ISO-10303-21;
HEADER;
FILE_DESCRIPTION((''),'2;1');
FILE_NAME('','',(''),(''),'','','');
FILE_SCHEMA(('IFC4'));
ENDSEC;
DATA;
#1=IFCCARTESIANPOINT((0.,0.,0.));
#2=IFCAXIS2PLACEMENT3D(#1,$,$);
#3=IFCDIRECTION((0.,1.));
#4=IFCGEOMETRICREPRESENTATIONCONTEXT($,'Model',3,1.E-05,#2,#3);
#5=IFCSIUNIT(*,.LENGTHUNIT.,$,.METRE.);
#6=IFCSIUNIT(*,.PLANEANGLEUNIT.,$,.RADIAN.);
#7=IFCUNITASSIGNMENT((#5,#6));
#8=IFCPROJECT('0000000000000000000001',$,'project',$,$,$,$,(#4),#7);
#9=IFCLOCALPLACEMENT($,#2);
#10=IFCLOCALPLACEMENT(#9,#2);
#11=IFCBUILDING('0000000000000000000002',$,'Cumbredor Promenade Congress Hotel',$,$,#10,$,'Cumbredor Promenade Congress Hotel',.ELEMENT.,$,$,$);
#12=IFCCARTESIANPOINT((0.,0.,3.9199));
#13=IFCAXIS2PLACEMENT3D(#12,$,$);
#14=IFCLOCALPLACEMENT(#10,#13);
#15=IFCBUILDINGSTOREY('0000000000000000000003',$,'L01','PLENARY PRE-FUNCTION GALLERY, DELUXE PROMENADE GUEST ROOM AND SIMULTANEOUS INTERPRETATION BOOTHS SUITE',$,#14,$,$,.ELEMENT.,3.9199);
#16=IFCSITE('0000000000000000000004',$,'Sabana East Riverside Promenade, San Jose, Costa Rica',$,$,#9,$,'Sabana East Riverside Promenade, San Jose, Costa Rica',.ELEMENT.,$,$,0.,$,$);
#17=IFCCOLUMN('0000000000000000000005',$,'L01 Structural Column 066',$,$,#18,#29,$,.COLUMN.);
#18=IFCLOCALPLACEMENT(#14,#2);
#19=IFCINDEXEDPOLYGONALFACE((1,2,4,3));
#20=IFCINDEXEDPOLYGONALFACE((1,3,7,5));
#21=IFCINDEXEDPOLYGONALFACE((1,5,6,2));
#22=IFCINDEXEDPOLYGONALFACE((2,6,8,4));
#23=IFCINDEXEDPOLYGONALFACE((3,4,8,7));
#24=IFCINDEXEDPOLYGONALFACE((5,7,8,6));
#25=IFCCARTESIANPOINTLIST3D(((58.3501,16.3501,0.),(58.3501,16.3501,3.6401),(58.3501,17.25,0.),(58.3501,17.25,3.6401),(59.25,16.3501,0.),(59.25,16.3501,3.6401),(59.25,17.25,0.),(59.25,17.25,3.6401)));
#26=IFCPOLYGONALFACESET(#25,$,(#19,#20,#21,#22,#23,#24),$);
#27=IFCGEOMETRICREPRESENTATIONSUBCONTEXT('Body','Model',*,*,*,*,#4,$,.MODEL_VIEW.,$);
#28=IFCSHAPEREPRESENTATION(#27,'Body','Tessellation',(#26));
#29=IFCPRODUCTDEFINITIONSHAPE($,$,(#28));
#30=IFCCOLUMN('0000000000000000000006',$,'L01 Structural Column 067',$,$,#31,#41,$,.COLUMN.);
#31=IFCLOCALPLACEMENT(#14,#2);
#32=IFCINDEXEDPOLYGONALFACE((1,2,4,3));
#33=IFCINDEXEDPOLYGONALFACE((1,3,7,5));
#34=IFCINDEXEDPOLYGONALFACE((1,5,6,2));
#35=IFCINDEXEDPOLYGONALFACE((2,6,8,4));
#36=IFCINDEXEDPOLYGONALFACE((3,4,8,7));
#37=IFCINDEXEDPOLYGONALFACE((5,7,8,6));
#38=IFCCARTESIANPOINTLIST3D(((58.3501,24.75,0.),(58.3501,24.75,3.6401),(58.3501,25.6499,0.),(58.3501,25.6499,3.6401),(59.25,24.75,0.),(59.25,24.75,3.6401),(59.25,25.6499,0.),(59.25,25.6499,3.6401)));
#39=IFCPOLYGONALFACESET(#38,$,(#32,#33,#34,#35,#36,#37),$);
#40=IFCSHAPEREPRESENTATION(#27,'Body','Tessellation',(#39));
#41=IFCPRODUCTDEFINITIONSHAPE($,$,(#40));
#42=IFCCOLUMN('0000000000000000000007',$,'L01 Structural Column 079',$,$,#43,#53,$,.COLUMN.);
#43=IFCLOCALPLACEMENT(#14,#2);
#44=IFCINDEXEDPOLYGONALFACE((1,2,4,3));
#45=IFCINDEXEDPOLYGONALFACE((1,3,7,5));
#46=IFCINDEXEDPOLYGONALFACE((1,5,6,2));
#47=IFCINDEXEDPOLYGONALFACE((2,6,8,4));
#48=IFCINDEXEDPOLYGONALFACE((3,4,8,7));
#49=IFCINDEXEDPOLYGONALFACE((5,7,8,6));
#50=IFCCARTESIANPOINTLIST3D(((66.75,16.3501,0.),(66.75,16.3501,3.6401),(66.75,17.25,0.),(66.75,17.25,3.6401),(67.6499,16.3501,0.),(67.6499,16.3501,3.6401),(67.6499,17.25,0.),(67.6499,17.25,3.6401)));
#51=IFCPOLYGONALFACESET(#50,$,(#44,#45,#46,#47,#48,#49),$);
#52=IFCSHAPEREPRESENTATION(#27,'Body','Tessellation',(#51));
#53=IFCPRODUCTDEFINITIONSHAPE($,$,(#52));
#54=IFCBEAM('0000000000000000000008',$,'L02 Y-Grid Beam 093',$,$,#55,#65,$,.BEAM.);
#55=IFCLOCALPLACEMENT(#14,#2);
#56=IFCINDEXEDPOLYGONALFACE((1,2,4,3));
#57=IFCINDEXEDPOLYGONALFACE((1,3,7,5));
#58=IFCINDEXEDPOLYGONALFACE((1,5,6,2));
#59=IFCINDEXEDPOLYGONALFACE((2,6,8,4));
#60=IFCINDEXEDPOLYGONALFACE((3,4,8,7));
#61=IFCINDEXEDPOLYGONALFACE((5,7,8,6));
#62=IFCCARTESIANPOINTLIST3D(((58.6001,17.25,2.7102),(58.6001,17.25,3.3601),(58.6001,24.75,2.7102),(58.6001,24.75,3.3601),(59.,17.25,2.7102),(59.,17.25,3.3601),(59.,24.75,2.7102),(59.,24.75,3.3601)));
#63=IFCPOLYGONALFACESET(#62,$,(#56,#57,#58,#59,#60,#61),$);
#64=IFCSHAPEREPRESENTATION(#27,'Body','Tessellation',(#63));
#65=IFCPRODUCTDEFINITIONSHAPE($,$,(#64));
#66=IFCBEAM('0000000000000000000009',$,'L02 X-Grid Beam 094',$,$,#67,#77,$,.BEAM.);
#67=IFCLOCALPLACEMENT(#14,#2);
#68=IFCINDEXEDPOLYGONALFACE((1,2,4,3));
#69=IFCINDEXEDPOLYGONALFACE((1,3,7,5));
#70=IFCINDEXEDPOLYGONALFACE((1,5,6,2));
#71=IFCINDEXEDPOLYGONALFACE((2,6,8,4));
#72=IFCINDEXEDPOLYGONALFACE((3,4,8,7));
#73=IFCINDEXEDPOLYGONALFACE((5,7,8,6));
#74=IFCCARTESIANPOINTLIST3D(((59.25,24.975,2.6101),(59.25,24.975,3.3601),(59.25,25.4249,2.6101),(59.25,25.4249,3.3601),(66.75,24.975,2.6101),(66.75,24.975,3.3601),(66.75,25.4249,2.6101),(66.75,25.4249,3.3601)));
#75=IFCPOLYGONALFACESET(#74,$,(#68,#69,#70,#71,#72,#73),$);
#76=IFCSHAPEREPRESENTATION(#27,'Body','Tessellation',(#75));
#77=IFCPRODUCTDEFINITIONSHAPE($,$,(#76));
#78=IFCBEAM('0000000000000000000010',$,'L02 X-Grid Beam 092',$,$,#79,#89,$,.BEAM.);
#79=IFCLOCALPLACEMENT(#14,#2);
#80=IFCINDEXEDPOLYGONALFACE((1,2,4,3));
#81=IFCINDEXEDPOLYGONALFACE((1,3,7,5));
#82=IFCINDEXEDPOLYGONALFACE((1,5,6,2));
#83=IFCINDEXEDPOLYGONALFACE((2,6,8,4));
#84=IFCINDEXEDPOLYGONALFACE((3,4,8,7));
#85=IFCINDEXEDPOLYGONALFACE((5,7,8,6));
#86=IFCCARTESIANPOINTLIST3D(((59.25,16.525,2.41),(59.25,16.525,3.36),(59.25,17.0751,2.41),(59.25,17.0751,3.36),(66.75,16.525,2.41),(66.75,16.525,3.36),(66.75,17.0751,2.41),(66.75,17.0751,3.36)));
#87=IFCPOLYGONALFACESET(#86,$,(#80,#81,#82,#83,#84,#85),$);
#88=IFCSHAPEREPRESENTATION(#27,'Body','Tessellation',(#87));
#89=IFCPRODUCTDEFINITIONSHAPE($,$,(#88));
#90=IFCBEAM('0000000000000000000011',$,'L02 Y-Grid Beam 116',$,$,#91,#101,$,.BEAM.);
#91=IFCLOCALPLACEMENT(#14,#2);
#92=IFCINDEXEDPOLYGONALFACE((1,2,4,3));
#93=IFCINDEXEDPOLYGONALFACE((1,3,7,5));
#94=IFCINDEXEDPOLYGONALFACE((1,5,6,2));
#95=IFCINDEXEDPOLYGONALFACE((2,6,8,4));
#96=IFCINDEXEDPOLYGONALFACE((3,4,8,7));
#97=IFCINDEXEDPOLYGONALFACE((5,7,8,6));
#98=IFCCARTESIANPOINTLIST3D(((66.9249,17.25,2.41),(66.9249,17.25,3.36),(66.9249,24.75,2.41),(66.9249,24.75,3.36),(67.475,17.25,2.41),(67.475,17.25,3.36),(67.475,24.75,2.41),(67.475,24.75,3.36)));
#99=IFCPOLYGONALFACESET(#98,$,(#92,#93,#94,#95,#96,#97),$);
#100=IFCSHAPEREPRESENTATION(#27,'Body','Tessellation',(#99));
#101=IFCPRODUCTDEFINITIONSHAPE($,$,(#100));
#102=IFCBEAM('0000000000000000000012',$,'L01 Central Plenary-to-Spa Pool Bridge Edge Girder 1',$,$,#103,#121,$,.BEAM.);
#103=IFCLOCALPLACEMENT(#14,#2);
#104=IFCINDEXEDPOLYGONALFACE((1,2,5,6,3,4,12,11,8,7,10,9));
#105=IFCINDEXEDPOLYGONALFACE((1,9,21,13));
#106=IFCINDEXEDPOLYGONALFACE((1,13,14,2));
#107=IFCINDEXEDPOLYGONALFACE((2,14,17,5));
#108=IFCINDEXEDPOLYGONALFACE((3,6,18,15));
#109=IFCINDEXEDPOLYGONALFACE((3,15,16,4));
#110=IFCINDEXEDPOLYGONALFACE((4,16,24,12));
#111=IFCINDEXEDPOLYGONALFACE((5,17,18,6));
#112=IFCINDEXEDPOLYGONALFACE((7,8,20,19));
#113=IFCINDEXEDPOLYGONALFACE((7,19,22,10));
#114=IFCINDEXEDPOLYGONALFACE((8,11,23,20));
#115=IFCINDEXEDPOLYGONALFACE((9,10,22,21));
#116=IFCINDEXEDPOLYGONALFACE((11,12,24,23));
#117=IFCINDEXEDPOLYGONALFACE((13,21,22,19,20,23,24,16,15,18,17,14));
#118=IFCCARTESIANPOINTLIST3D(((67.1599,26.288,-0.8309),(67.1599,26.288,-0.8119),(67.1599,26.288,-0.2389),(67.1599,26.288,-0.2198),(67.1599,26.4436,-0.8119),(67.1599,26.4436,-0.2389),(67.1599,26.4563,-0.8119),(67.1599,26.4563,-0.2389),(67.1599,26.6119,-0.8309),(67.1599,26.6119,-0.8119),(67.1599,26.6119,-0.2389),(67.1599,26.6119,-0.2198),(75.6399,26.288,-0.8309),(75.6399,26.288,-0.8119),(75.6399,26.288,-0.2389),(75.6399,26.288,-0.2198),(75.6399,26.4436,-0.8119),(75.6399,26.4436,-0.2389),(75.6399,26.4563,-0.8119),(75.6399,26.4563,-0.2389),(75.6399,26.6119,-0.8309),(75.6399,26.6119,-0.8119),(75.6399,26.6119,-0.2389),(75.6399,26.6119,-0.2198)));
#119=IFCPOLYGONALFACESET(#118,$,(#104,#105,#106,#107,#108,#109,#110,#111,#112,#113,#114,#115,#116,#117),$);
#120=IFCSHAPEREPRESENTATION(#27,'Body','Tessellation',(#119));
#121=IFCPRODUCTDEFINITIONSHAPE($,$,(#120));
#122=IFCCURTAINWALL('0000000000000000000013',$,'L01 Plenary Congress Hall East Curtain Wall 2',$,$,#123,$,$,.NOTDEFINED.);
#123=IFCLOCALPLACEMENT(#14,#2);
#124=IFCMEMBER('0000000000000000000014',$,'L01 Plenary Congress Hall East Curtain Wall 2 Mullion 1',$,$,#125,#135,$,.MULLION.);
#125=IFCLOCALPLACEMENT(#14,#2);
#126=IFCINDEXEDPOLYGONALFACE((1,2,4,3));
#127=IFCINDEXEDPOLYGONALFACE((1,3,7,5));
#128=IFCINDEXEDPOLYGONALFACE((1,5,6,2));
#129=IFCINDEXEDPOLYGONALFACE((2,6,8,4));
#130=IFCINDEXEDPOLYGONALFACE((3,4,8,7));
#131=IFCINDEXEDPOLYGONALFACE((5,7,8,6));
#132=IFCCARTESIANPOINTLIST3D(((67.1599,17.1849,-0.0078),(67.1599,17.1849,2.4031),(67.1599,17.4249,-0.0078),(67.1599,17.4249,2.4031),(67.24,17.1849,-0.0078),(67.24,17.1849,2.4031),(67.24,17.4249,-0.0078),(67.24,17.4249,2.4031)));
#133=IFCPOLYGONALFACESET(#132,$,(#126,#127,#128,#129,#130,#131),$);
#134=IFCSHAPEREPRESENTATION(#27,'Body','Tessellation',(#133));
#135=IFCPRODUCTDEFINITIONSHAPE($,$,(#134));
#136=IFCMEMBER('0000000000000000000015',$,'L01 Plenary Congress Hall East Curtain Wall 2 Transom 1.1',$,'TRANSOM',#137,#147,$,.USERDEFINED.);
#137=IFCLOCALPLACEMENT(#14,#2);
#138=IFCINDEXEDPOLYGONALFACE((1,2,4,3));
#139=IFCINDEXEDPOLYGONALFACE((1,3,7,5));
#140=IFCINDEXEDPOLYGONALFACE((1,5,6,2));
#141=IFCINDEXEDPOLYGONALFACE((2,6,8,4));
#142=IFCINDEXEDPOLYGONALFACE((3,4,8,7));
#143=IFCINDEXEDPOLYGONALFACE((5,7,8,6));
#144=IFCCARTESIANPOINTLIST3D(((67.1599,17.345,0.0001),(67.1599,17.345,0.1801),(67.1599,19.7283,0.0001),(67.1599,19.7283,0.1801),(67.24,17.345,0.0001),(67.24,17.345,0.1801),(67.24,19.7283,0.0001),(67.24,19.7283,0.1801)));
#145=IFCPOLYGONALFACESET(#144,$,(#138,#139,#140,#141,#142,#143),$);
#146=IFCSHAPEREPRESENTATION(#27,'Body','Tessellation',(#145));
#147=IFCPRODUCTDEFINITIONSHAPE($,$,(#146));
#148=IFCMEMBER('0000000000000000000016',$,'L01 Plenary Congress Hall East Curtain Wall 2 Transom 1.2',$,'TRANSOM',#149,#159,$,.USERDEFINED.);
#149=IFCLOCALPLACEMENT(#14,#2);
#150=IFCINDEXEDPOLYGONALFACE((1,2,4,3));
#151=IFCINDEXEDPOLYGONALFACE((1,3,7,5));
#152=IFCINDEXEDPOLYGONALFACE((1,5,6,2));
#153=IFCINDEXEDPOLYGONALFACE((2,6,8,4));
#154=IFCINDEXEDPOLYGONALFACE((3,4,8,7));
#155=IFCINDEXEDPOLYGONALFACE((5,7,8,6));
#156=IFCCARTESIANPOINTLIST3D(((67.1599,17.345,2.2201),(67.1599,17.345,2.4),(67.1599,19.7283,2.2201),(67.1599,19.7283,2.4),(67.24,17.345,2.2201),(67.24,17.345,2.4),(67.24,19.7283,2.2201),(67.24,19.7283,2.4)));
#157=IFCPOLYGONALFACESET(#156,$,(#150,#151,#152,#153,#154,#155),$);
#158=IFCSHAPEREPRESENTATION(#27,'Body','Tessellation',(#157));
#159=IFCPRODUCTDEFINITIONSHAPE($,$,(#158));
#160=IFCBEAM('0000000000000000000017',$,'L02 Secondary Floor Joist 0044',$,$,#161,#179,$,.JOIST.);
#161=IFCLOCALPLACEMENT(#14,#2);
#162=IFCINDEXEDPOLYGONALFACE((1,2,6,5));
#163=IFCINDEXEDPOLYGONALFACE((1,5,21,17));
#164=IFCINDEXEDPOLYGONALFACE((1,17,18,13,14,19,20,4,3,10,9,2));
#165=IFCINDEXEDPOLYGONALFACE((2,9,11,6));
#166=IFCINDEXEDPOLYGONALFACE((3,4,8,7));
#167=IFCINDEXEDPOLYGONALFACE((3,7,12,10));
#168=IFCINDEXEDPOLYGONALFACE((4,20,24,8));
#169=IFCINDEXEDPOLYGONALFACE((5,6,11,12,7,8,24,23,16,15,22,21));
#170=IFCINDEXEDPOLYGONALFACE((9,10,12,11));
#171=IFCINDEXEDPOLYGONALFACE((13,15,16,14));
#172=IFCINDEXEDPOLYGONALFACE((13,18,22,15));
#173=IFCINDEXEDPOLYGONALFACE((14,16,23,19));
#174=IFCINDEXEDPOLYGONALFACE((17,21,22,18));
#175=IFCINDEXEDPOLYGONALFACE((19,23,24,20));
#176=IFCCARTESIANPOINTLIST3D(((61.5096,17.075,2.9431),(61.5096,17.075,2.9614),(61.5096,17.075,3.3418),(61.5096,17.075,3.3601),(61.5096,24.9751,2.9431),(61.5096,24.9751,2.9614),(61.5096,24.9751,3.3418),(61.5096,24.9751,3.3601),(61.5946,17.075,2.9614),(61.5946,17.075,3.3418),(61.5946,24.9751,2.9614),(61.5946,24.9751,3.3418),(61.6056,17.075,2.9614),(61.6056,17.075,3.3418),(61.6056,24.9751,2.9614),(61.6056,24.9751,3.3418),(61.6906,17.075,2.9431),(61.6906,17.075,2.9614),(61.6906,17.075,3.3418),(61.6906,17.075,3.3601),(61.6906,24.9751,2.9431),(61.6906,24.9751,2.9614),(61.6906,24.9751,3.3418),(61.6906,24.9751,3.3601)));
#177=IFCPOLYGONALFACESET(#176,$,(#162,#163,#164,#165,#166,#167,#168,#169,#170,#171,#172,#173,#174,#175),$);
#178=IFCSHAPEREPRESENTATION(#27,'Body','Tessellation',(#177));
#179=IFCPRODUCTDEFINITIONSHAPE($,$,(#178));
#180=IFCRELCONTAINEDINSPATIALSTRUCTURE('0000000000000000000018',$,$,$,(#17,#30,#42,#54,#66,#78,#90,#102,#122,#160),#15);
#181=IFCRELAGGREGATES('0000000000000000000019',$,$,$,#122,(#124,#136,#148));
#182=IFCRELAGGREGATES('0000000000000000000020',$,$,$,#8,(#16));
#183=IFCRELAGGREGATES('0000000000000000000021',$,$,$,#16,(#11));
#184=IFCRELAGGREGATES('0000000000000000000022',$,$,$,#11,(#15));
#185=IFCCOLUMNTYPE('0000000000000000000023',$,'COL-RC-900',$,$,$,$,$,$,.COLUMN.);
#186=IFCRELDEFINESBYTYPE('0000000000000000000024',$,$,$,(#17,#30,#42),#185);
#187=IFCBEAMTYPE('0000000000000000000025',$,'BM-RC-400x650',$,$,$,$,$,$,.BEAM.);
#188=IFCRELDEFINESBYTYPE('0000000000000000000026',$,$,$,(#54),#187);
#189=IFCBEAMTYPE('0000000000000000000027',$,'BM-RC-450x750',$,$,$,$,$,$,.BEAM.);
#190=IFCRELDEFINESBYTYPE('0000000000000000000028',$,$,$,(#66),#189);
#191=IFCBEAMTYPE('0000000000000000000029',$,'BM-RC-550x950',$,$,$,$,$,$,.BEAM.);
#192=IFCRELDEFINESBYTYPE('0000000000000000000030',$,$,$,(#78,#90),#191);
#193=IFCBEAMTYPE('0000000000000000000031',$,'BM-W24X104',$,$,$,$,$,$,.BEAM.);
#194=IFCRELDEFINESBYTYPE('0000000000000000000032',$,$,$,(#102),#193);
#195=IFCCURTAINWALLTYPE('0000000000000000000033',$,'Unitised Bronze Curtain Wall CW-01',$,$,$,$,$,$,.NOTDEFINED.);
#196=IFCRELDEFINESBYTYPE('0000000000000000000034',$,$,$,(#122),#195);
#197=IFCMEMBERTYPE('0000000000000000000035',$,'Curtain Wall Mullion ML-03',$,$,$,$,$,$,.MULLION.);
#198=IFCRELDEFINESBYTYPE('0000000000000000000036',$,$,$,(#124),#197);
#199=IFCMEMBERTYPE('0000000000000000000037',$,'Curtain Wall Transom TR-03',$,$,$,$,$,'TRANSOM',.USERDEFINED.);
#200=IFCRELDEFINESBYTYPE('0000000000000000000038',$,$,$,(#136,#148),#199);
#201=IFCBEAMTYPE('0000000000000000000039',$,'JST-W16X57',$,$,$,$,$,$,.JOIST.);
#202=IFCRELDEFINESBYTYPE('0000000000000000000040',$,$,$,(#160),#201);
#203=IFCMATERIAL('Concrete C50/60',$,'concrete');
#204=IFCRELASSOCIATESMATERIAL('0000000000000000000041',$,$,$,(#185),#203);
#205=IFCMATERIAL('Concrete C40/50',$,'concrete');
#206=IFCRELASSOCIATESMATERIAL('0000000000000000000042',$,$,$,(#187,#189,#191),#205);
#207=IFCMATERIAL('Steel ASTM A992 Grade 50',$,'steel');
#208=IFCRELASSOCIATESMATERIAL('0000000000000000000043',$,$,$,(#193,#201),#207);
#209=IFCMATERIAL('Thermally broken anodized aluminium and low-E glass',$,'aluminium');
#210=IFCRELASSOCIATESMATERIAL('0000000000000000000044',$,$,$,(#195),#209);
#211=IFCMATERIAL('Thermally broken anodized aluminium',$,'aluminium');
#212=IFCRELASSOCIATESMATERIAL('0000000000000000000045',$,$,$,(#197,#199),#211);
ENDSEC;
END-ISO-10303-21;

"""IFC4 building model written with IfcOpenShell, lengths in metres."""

from ifc_helpers import new_model, si_unit, direction, frame, origin, origin_2d, place, context, subcontext, project, spatial, rectangle, i_section, extrude, material, material_profile, profile_set, type_object, element, aggregate, save


model = new_model("IFC4")

# Units and contexts
model_context = context("Model", 3, precision=1e-05, world=origin(), true_north=direction((0.0, 1.0)))
body_context = subcontext(model_context, "Body", "Model", "MODEL_VIEW")
ifc_project = project(units=[si_unit("LENGTHUNIT", "METRE"), si_unit("PLANEANGLEUNIT", "RADIAN")], contexts=[model_context])

# Site, building, storey
site_placement = place(None, origin())
site = spatial("IfcSite", under=ifc_project, at=site_placement, Name="Sabana East Riverside Promenade, San Jose, Costa Rica", LongName="Sabana East Riverside Promenade, San Jose, Costa Rica", CompositionType="ELEMENT", RefElevation=0.0)
building_placement = place(site_placement, origin())
building = spatial("IfcBuilding", under=site, at=building_placement, Name="Cumbredor Promenade Congress Hotel", LongName="Cumbredor Promenade Congress Hotel", CompositionType="ELEMENT")
storey_placement = place(building_placement, frame((0.0, 0.0, 3.9199)))
storey = spatial("IfcBuildingStorey", under=building, at=storey_placement, Name="L01", Description="PLENARY PRE-FUNCTION GALLERY, DELUXE PROMENADE GUEST ROOM AND SIMULTANEOUS INTERPRETATION BOOTHS SUITE", CompositionType="ELEMENT", Elevation=3.9199)

# Columns
ifc_material_1 = material(Name="Concrete C50/60", Category="concrete")
ifc_material_profile_1 = material_profile(ifc_material_1, rectangle(XDim=0.8999, YDim=0.8999, at=origin_2d()), Name="RC 900x900")
ifc_profile_set_1 = profile_set([ifc_material_profile_1], Name="Concrete C50/60")
column_type = type_object("IfcColumnType", Name="COL-RC-900", PredefinedType="COLUMN", material=ifc_profile_set_1)
for number, where, z_axis, x_axis, name in (
    (1, (58.8, 16.8, 0.0), (0.0, 0.0, 1.0), (1.0, 0.0, 0.0), "L01 Structural Column 066"),
    (2, (58.8, 25.2, 0.0), (0.0, 0.0, 1.0), (1.0, 0.0, 0.0), "L01 Structural Column 067"),
    (3, (67.2, 16.8, 0.0), (0.0, 0.0, 1.0), (1.0, 0.0, 0.0), "L01 Structural Column 079"),
):
    element("IfcColumn", number, at=place(storey_placement, frame(where, z_axis=z_axis, x_axis=x_axis)), inside=storey, type_object=column_type, Name=name, PredefinedType="COLUMN", context=body_context, shape_type="SweptSolid", body=[
        extrude(rectangle(XDim=0.8999, YDim=0.8999, at=origin_2d()), origin(), (0.0, 0.0, 1.0), 3.6401),
    ])

# Beams
ifc_material_2 = material(Name="Concrete C40/50", Category="concrete")
ifc_material_profile_2 = material_profile(ifc_material_2, rectangle(XDim=0.3999, YDim=0.6499, at=origin_2d()), Name="RC BEAM 400x650")
ifc_profile_set_2 = profile_set([ifc_material_profile_2], Name="Concrete C40/50")
beam_type_1 = type_object("IfcBeamType", Name="BM-RC-400x650", PredefinedType="BEAM", material=ifc_profile_set_2)
beam_1_placement = place(storey_placement, frame((58.8, 17.25, 3.0352), z_axis=(0.0, 1.0, 0.0), x_axis=(-1.0, 0.0, 0.0)))
element("IfcBeam", 4, at=beam_1_placement, inside=storey, type_object=beam_type_1, Name="L02 Y-Grid Beam 093", PredefinedType="BEAM", context=body_context, shape_type="SweptSolid", body=[
    extrude(rectangle(XDim=0.3999, YDim=0.6499, at=origin_2d()), origin(), (0.0, 0.0, 1.0), 7.5),
])
ifc_material_profile_3 = material_profile(ifc_material_2, rectangle(XDim=0.45, YDim=0.75, at=origin_2d()), Name="RC BEAM 450x750")
ifc_profile_set_3 = profile_set([ifc_material_profile_3], Name="Concrete C40/50")
beam_type_2 = type_object("IfcBeamType", Name="BM-RC-450x750", PredefinedType="BEAM", material=ifc_profile_set_3)
beam_2_placement = place(storey_placement, frame((59.25, 25.2, 2.9851), z_axis=(1.0, 0.0, 0.0), x_axis=(0.0, 1.0, 0.0)))
element("IfcBeam", 5, at=beam_2_placement, inside=storey, type_object=beam_type_2, Name="L02 X-Grid Beam 094", PredefinedType="BEAM", context=body_context, shape_type="SweptSolid", body=[
    extrude(rectangle(XDim=0.45, YDim=0.75, at=origin_2d()), origin(), (0.0, 0.0, 1.0), 7.5),
])
ifc_material_profile_4 = material_profile(ifc_material_2, rectangle(XDim=0.55, YDim=0.95, at=origin_2d()), Name="RC BEAM 550x950")
ifc_profile_set_4 = profile_set([ifc_material_profile_4], Name="Concrete C40/50")
beam_type_3 = type_object("IfcBeamType", Name="BM-RC-550x950", PredefinedType="BEAM", material=ifc_profile_set_4)
for number, where, z_axis, x_axis, name in (
    (6, (59.25, 16.8, 2.885), (1.0, 0.0, 0.0), (0.0, 1.0, 0.0), "L02 X-Grid Beam 092"),
    (7, (67.2, 17.25, 2.885), (0.0, 1.0, 0.0), (-1.0, 0.0, 0.0), "L02 Y-Grid Beam 116"),
):
    element("IfcBeam", number, at=place(storey_placement, frame(where, z_axis=z_axis, x_axis=x_axis)), inside=storey, type_object=beam_type_3, Name=name, PredefinedType="BEAM", context=body_context, shape_type="SweptSolid", body=[
        extrude(rectangle(XDim=0.55, YDim=0.95, at=origin_2d()), origin(), (0.0, 0.0, 1.0), 7.5),
    ])
ifc_material_3 = material(Name="Steel ASTM A992 Grade 50", Category="steel")
ifc_material_profile_5 = material_profile(ifc_material_3, i_section(OverallWidth=0.324, OverallDepth=0.6111, WebThickness=0.0127, FlangeThickness=0.019, at=origin_2d()), Name="W24X104")
ifc_profile_set_5 = profile_set([ifc_material_profile_5], Name="Steel ASTM A992 Grade 50")
beam_type_4 = type_object("IfcBeamType", Name="BM-W24X104", PredefinedType="BEAM", material=ifc_profile_set_5)
beam_3_placement = place(storey_placement, frame((67.1599, 26.45, -0.5254), z_axis=(1.0, 0.0, 0.0), x_axis=(0.0, 1.0, 0.0)))
element("IfcBeam", 8, at=beam_3_placement, inside=storey, type_object=beam_type_4, Name="L01 Central Plenary-to-Spa Pool Bridge Edge Girder 1", PredefinedType="BEAM", context=body_context, shape_type="SweptSolid", body=[
    extrude(i_section(OverallWidth=0.324, OverallDepth=0.6111, WebThickness=0.0127, FlangeThickness=0.019, at=origin_2d()), origin(), (0.0, 0.0, 1.0), 8.48),
])

# Curtain wall, members
ifc_material_4 = material(Name="Thermally broken anodized aluminium and low-E glass", Category="aluminium")
curtain_wall_type = type_object("IfcCurtainWallType", Name="Unitised Bronze Curtain Wall CW-01", PredefinedType="NOTDEFINED", material=ifc_material_4)
curtain_wall_placement = place(storey_placement, origin())
curtain_wall = element("IfcCurtainWall", 9, at=curtain_wall_placement, inside=storey, type_object=curtain_wall_type, Name="L01 Plenary Congress Hall East Curtain Wall 2", PredefinedType="NOTDEFINED")
ifc_material_5 = material(Name="Thermally broken anodized aluminium", Category="aluminium")
ifc_material_profile_6 = material_profile(ifc_material_5, rectangle(XDim=0.0801, YDim=0.24, at=origin_2d()), Name="ALU MULLION 80x240")
ifc_profile_set_6 = profile_set([ifc_material_profile_6], Name="Thermally broken anodized aluminium")
member_type_1 = type_object("IfcMemberType", Name="Curtain Wall Mullion ML-03", PredefinedType="MULLION", material=ifc_profile_set_6)
member_1_placement = place(storey_placement, frame((67.2, 17.3049, -0.0078), z_axis=(0.0, 0.0, 1.0), x_axis=(1.0, 0.0, 0.0)))
member_1 = element("IfcMember", 10, at=member_1_placement, type_object=member_type_1, Name="L01 Plenary Congress Hall East Curtain Wall 2 Mullion 1", PredefinedType="MULLION", context=body_context, shape_type="SweptSolid", body=[
    extrude(rectangle(XDim=0.0801, YDim=0.24, at=origin_2d()), origin(), (0.0, 0.0, 1.0), 2.4109),
])
ifc_material_profile_7 = material_profile(ifc_material_5, rectangle(XDim=0.0801, YDim=0.1799, at=origin_2d()), Name="ALU TRANSOM 80x180")
ifc_profile_set_7 = profile_set([ifc_material_profile_7], Name="Thermally broken anodized aluminium")
member_type_2 = type_object("IfcMemberType", Name="Curtain Wall Transom TR-03", ElementType="TRANSOM", PredefinedType="USERDEFINED", material=ifc_profile_set_7)
member_2_placement = place(storey_placement, frame((67.2, 17.345, 0.0901), z_axis=(0.0, 1.0, 0.0), x_axis=(-1.0, 0.0, 0.0)))
member_2 = element("IfcMember", 11, at=member_2_placement, type_object=member_type_2, Name="L01 Plenary Congress Hall East Curtain Wall 2 Transom 1.1", ObjectType="TRANSOM", PredefinedType="USERDEFINED", context=body_context, shape_type="SweptSolid", body=[
    extrude(rectangle(XDim=0.0801, YDim=0.1799, at=origin_2d()), origin(), (0.0, 0.0, 1.0), 2.3833),
])
member_3_placement = place(storey_placement, frame((67.2, 17.345, 2.3101), z_axis=(0.0, 1.0, 0.0), x_axis=(-1.0, 0.0, 0.0)))
member_3 = element("IfcMember", 12, at=member_3_placement, type_object=member_type_2, Name="L01 Plenary Congress Hall East Curtain Wall 2 Transom 1.2", ObjectType="TRANSOM", PredefinedType="USERDEFINED", context=body_context, shape_type="SweptSolid", body=[
    extrude(rectangle(XDim=0.0801, YDim=0.1799, at=origin_2d()), origin(), (0.0, 0.0, 1.0), 2.3833),
])

# Beam
ifc_material_profile_8 = material_profile(ifc_material_3, i_section(OverallWidth=0.1809, OverallDepth=0.417, WebThickness=0.011, FlangeThickness=0.0183, at=origin_2d()), Name="W16X57")
ifc_profile_set_8 = profile_set([ifc_material_profile_8], Name="Steel ASTM A992 Grade 50")
beam_type_5 = type_object("IfcBeamType", Name="JST-W16X57", PredefinedType="JOIST", material=ifc_profile_set_8)
for number, where, z_axis, x_axis, name in (
    (13, (61.6001, 17.075, 3.1516), (0.0, 1.0, 0.0), (-1.0, 0.0, 0.0), "L02 Secondary Floor Joist 0044"),
):
    element("IfcBeam", number, at=place(storey_placement, frame(where, z_axis=z_axis, x_axis=x_axis)), inside=storey, type_object=beam_type_5, Name=name, PredefinedType="JOIST", context=body_context, shape_type="SweptSolid", body=[
        extrude(i_section(OverallWidth=0.1809, OverallDepth=0.417, WebThickness=0.011, FlangeThickness=0.0183, at=origin_2d()), origin(), (0.0, 0.0, 1.0), 7.9001),
    ])

aggregate(curtain_wall, [member_1, member_2, member_3])

save(model, "model.ifc")
